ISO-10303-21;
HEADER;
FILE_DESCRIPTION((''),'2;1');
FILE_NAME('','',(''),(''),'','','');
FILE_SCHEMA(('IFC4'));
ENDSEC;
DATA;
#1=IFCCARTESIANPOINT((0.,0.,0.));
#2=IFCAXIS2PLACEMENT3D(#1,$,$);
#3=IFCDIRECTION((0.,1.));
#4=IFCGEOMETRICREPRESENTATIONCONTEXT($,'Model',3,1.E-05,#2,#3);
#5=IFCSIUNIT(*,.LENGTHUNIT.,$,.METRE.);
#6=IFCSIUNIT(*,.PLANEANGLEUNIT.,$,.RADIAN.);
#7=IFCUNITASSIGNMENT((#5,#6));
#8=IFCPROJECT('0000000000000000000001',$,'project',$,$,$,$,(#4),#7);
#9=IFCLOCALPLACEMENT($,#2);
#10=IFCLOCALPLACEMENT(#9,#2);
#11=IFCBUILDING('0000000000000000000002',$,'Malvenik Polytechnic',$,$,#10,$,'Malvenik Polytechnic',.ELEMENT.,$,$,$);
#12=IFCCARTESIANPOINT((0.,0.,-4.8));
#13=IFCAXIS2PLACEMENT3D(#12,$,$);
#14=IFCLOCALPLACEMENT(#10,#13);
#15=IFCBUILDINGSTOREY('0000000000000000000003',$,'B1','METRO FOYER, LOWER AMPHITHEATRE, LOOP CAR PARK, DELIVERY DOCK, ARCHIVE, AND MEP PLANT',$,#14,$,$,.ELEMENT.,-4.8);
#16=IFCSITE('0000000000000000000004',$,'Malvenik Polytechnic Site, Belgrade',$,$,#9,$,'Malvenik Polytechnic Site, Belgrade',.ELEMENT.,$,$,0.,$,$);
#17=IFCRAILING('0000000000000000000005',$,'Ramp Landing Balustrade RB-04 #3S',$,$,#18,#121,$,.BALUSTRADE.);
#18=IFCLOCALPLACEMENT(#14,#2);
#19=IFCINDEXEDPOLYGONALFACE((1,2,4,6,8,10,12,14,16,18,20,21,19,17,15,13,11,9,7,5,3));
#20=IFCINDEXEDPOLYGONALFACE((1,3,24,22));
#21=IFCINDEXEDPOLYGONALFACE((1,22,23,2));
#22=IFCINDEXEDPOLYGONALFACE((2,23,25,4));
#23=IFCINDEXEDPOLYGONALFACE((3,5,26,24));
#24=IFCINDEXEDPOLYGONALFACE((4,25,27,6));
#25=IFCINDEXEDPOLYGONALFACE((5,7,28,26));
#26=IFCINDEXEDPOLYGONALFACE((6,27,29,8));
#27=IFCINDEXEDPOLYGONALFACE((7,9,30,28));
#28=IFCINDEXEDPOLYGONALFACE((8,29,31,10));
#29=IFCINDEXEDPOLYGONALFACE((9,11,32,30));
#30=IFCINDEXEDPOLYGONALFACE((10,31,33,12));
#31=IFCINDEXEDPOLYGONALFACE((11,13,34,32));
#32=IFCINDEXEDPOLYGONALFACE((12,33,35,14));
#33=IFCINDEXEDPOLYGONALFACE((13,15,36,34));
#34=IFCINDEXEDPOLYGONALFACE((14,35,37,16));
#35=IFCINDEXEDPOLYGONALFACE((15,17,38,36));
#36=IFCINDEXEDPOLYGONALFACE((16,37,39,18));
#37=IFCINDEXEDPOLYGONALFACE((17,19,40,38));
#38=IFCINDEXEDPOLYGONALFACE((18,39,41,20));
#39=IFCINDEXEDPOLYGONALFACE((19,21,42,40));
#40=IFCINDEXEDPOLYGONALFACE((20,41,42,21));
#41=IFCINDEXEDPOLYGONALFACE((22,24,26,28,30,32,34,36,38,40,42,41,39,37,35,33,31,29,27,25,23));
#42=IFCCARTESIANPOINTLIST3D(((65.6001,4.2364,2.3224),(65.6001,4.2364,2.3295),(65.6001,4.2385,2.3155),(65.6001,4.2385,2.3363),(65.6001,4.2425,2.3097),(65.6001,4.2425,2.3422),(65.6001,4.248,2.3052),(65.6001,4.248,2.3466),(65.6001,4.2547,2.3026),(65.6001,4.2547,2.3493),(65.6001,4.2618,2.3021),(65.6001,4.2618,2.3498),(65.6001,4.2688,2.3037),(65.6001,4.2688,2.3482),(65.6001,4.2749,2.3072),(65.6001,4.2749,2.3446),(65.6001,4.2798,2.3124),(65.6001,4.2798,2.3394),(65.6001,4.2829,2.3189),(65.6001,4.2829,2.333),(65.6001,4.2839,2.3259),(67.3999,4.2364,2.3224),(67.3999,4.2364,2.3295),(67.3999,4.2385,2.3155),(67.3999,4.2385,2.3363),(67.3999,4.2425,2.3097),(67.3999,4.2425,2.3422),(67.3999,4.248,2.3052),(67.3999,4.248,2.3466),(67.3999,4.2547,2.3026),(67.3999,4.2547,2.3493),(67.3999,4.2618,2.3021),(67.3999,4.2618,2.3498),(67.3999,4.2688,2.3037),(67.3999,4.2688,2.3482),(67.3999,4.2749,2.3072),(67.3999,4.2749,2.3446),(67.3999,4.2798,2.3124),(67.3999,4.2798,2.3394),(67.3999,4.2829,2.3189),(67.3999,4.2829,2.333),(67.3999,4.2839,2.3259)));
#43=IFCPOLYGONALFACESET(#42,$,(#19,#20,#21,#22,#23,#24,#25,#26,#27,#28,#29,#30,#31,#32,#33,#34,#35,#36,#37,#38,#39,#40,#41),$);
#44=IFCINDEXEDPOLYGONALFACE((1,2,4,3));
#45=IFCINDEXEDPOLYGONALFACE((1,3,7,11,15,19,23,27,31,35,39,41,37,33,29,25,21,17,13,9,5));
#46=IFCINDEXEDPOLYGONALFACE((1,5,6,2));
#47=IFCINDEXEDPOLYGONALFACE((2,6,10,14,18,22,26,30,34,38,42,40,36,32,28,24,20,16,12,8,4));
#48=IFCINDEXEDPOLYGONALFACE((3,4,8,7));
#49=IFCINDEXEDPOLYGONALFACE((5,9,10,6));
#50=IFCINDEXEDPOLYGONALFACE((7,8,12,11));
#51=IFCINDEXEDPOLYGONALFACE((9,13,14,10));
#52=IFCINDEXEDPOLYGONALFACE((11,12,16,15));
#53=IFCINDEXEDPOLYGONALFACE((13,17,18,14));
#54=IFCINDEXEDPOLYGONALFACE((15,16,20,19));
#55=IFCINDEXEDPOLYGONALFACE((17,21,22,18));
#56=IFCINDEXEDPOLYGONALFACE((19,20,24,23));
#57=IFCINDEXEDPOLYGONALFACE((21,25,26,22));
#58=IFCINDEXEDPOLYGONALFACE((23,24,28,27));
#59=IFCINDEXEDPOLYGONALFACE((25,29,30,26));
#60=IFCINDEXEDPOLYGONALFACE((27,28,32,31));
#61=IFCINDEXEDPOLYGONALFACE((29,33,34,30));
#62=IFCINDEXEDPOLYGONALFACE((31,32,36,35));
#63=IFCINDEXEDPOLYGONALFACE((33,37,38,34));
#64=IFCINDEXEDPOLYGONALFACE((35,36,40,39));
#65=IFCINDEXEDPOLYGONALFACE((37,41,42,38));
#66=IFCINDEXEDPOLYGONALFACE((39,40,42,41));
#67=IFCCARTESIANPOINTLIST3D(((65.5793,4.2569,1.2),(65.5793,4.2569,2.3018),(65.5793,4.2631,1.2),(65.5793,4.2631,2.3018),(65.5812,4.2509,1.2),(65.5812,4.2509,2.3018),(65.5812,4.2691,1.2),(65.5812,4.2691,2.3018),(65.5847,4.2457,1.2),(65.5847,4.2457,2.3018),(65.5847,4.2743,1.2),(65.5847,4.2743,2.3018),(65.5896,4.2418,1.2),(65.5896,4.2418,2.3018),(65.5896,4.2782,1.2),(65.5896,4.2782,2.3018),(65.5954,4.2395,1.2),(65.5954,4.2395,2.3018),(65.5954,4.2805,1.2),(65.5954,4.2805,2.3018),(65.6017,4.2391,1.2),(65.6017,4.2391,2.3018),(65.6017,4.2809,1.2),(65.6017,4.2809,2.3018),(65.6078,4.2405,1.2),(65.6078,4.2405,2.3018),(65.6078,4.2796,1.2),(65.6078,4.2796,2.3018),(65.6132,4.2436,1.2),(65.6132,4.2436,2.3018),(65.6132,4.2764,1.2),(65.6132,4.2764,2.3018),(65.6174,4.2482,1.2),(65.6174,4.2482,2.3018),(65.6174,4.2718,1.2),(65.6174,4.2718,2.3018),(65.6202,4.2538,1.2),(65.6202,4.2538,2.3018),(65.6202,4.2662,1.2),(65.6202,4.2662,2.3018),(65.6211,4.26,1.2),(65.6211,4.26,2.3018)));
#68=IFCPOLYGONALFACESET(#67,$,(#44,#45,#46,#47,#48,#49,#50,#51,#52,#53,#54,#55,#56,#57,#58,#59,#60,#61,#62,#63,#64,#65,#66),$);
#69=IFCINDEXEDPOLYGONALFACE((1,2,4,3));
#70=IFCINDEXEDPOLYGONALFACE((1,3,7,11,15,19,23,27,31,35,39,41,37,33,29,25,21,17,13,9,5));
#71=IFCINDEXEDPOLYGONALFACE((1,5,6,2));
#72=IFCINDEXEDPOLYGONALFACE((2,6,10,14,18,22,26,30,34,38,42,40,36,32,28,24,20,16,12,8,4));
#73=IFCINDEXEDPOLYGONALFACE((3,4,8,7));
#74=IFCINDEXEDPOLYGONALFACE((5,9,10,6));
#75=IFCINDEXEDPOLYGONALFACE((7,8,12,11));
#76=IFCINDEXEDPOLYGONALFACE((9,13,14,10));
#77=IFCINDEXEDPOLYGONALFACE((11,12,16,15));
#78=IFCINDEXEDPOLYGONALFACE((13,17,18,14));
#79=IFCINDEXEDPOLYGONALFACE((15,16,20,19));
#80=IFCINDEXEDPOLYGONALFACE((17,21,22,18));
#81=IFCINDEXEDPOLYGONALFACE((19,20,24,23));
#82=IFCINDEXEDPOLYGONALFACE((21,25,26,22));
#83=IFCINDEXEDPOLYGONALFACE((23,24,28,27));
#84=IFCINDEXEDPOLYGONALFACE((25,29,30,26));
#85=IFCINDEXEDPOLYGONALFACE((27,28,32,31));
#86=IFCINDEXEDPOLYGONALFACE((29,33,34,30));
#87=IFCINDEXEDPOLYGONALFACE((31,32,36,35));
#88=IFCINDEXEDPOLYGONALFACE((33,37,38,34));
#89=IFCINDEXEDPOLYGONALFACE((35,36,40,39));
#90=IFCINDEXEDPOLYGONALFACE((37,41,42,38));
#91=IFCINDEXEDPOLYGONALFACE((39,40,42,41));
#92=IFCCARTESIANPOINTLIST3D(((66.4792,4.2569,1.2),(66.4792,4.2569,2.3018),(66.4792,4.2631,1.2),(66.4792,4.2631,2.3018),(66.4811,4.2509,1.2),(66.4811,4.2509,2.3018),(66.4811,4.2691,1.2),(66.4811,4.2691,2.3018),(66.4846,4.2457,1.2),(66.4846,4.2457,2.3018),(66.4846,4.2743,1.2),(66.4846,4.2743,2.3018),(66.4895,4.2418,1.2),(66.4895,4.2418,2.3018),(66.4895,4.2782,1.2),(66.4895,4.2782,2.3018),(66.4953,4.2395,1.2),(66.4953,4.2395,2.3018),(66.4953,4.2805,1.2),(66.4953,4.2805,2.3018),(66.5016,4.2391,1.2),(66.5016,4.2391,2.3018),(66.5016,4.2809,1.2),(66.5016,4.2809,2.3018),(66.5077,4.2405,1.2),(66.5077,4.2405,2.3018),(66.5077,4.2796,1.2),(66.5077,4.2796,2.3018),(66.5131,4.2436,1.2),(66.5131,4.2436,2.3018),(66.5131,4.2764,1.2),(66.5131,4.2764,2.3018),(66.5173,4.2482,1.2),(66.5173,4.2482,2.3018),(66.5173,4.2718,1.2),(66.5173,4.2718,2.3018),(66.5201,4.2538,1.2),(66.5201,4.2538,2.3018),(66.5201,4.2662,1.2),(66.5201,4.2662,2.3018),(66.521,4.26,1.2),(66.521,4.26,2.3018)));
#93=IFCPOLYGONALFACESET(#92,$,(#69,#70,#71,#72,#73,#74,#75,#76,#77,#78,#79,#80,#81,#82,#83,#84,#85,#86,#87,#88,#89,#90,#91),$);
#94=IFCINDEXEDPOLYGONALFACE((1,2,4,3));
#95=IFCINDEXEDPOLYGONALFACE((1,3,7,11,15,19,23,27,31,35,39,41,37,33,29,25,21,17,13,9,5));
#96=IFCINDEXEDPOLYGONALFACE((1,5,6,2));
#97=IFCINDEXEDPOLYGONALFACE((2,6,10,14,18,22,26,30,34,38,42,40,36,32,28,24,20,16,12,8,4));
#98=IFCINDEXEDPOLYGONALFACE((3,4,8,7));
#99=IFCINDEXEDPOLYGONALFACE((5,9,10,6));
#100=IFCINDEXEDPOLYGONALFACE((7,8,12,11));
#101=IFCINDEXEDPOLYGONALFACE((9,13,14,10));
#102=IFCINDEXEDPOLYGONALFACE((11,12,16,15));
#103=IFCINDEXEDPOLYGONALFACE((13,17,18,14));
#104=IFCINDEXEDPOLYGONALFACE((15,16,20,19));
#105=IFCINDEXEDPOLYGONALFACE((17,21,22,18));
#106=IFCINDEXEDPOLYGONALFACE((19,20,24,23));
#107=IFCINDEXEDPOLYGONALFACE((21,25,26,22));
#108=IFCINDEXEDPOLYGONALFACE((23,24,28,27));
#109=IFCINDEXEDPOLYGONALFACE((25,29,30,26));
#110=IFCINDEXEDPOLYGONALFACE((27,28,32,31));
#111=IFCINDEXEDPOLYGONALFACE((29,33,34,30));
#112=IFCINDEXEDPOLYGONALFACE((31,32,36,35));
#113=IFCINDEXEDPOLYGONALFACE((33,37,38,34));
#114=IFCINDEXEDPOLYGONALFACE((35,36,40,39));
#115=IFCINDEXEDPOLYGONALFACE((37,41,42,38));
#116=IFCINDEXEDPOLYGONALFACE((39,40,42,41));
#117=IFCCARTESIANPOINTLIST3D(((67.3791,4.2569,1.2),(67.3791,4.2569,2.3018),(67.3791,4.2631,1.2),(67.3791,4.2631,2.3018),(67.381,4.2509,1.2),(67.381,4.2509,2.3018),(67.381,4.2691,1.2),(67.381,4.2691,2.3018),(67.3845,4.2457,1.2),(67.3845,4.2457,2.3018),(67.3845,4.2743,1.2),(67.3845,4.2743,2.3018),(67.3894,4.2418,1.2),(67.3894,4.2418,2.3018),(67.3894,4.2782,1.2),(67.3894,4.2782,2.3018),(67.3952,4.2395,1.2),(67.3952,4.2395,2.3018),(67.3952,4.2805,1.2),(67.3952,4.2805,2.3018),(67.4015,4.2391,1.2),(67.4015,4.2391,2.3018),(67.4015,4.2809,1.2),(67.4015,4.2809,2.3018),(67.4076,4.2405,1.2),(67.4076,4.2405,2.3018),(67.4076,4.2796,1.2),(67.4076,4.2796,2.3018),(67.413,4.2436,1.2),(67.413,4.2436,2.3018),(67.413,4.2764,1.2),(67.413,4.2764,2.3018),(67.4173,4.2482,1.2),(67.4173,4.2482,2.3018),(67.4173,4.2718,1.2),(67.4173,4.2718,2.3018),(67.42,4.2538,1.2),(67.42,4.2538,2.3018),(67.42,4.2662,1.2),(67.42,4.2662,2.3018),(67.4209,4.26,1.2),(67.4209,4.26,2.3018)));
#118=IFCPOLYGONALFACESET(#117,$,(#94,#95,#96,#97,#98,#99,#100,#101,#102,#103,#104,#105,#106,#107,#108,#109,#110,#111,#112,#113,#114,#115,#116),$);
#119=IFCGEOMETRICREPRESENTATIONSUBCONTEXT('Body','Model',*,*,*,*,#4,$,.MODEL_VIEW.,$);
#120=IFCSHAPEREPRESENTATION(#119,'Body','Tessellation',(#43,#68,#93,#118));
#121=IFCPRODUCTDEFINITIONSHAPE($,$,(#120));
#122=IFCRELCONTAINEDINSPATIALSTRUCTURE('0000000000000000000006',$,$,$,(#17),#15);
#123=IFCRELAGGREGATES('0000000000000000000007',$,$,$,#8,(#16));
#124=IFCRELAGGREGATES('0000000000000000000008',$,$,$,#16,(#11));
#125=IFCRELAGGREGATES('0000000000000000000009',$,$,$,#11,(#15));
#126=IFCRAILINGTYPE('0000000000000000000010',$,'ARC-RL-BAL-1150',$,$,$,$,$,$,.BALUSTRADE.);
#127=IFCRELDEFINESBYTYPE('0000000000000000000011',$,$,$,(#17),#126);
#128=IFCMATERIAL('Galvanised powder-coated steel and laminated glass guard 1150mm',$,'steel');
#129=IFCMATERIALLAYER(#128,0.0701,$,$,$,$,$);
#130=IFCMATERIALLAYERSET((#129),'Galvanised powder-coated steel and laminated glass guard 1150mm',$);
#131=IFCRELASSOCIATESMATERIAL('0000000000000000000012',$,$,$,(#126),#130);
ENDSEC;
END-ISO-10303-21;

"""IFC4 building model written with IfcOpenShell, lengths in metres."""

from ifc_helpers import new_model, si_unit, direction, frame, origin, origin_2d, place, context, subcontext, project, spatial, circle, extrude, material, layer, layer_set, type_object, element, save


model = new_model("IFC4")

# Units and contexts
model_context = context("Model", 3, precision=1e-05, world=origin(), true_north=direction((0.0, 1.0)))
body_context = subcontext(model_context, "Body", "Model", "MODEL_VIEW")
ifc_project = project(units=[si_unit("LENGTHUNIT", "METRE"), si_unit("PLANEANGLEUNIT", "RADIAN")], contexts=[model_context])

# Site, building, storey
site_placement = place(None, origin())
site = spatial("IfcSite", under=ifc_project, at=site_placement, Name="Malvenik Polytechnic Site, Belgrade", LongName="Malvenik Polytechnic Site, Belgrade", CompositionType="ELEMENT", RefElevation=0.0)
building_placement = place(site_placement, origin())
building = spatial("IfcBuilding", under=site, at=building_placement, Name="Malvenik Polytechnic", LongName="Malvenik Polytechnic", CompositionType="ELEMENT")
storey_placement = place(building_placement, frame((0.0, 0.0, -4.8)))
storey = spatial("IfcBuildingStorey", under=building, at=storey_placement, Name="B1", Description="METRO FOYER, LOWER AMPHITHEATRE, LOOP CAR PARK, DELIVERY DOCK, ARCHIVE, AND MEP PLANT", CompositionType="ELEMENT", Elevation=-4.8)

# Railing
ifc_material_1 = material(Name="Galvanised powder-coated steel and laminated glass guard 1150mm", Category="steel")
ifc_layer_1 = layer(ifc_material_1, 0.0701)
ifc_layer_set_1 = layer_set([ifc_layer_1], Name="Galvanised powder-coated steel and laminated glass guard 1150mm")
railing_type_1 = type_object("IfcRailingType", Name="ARC-RL-BAL-1150", PredefinedType="BALUSTRADE", material=ifc_layer_set_1)
for number, where, name in (
    (1, (65.6001, 4.26, 1.2), "Ramp Landing Balustrade RB-04 #3S"),
):
    element("IfcRailing", number, at=place(storey_placement, frame(where)), inside=storey, type_object=railing_type_1, Name=name, PredefinedType="BALUSTRADE", context=body_context, shape_type="SweptSolid", body=[
        extrude(circle(Radius=0.0239, at=origin_2d()), frame((0.0, 0.0, 1.126), z_axis=(1.0, 0.0, 0.0), x_axis=(0.0, 1.0, 0.0)), (0.0, 0.0, 1.0), 1.7998),
        extrude(circle(Radius=0.021, at=origin_2d()), origin(), (0.0, 0.0, 1.0), 1.1018),
        extrude(circle(Radius=0.021, at=origin_2d()), frame((0.8999, 0.0, 0.0)), (0.0, 0.0, 1.0), 1.1018),
        extrude(circle(Radius=0.021, at=origin_2d()), frame((1.7998, 0.0, 0.0)), (0.0, 0.0, 1.0), 1.1018),
    ])

save(model, "model.ifc")
